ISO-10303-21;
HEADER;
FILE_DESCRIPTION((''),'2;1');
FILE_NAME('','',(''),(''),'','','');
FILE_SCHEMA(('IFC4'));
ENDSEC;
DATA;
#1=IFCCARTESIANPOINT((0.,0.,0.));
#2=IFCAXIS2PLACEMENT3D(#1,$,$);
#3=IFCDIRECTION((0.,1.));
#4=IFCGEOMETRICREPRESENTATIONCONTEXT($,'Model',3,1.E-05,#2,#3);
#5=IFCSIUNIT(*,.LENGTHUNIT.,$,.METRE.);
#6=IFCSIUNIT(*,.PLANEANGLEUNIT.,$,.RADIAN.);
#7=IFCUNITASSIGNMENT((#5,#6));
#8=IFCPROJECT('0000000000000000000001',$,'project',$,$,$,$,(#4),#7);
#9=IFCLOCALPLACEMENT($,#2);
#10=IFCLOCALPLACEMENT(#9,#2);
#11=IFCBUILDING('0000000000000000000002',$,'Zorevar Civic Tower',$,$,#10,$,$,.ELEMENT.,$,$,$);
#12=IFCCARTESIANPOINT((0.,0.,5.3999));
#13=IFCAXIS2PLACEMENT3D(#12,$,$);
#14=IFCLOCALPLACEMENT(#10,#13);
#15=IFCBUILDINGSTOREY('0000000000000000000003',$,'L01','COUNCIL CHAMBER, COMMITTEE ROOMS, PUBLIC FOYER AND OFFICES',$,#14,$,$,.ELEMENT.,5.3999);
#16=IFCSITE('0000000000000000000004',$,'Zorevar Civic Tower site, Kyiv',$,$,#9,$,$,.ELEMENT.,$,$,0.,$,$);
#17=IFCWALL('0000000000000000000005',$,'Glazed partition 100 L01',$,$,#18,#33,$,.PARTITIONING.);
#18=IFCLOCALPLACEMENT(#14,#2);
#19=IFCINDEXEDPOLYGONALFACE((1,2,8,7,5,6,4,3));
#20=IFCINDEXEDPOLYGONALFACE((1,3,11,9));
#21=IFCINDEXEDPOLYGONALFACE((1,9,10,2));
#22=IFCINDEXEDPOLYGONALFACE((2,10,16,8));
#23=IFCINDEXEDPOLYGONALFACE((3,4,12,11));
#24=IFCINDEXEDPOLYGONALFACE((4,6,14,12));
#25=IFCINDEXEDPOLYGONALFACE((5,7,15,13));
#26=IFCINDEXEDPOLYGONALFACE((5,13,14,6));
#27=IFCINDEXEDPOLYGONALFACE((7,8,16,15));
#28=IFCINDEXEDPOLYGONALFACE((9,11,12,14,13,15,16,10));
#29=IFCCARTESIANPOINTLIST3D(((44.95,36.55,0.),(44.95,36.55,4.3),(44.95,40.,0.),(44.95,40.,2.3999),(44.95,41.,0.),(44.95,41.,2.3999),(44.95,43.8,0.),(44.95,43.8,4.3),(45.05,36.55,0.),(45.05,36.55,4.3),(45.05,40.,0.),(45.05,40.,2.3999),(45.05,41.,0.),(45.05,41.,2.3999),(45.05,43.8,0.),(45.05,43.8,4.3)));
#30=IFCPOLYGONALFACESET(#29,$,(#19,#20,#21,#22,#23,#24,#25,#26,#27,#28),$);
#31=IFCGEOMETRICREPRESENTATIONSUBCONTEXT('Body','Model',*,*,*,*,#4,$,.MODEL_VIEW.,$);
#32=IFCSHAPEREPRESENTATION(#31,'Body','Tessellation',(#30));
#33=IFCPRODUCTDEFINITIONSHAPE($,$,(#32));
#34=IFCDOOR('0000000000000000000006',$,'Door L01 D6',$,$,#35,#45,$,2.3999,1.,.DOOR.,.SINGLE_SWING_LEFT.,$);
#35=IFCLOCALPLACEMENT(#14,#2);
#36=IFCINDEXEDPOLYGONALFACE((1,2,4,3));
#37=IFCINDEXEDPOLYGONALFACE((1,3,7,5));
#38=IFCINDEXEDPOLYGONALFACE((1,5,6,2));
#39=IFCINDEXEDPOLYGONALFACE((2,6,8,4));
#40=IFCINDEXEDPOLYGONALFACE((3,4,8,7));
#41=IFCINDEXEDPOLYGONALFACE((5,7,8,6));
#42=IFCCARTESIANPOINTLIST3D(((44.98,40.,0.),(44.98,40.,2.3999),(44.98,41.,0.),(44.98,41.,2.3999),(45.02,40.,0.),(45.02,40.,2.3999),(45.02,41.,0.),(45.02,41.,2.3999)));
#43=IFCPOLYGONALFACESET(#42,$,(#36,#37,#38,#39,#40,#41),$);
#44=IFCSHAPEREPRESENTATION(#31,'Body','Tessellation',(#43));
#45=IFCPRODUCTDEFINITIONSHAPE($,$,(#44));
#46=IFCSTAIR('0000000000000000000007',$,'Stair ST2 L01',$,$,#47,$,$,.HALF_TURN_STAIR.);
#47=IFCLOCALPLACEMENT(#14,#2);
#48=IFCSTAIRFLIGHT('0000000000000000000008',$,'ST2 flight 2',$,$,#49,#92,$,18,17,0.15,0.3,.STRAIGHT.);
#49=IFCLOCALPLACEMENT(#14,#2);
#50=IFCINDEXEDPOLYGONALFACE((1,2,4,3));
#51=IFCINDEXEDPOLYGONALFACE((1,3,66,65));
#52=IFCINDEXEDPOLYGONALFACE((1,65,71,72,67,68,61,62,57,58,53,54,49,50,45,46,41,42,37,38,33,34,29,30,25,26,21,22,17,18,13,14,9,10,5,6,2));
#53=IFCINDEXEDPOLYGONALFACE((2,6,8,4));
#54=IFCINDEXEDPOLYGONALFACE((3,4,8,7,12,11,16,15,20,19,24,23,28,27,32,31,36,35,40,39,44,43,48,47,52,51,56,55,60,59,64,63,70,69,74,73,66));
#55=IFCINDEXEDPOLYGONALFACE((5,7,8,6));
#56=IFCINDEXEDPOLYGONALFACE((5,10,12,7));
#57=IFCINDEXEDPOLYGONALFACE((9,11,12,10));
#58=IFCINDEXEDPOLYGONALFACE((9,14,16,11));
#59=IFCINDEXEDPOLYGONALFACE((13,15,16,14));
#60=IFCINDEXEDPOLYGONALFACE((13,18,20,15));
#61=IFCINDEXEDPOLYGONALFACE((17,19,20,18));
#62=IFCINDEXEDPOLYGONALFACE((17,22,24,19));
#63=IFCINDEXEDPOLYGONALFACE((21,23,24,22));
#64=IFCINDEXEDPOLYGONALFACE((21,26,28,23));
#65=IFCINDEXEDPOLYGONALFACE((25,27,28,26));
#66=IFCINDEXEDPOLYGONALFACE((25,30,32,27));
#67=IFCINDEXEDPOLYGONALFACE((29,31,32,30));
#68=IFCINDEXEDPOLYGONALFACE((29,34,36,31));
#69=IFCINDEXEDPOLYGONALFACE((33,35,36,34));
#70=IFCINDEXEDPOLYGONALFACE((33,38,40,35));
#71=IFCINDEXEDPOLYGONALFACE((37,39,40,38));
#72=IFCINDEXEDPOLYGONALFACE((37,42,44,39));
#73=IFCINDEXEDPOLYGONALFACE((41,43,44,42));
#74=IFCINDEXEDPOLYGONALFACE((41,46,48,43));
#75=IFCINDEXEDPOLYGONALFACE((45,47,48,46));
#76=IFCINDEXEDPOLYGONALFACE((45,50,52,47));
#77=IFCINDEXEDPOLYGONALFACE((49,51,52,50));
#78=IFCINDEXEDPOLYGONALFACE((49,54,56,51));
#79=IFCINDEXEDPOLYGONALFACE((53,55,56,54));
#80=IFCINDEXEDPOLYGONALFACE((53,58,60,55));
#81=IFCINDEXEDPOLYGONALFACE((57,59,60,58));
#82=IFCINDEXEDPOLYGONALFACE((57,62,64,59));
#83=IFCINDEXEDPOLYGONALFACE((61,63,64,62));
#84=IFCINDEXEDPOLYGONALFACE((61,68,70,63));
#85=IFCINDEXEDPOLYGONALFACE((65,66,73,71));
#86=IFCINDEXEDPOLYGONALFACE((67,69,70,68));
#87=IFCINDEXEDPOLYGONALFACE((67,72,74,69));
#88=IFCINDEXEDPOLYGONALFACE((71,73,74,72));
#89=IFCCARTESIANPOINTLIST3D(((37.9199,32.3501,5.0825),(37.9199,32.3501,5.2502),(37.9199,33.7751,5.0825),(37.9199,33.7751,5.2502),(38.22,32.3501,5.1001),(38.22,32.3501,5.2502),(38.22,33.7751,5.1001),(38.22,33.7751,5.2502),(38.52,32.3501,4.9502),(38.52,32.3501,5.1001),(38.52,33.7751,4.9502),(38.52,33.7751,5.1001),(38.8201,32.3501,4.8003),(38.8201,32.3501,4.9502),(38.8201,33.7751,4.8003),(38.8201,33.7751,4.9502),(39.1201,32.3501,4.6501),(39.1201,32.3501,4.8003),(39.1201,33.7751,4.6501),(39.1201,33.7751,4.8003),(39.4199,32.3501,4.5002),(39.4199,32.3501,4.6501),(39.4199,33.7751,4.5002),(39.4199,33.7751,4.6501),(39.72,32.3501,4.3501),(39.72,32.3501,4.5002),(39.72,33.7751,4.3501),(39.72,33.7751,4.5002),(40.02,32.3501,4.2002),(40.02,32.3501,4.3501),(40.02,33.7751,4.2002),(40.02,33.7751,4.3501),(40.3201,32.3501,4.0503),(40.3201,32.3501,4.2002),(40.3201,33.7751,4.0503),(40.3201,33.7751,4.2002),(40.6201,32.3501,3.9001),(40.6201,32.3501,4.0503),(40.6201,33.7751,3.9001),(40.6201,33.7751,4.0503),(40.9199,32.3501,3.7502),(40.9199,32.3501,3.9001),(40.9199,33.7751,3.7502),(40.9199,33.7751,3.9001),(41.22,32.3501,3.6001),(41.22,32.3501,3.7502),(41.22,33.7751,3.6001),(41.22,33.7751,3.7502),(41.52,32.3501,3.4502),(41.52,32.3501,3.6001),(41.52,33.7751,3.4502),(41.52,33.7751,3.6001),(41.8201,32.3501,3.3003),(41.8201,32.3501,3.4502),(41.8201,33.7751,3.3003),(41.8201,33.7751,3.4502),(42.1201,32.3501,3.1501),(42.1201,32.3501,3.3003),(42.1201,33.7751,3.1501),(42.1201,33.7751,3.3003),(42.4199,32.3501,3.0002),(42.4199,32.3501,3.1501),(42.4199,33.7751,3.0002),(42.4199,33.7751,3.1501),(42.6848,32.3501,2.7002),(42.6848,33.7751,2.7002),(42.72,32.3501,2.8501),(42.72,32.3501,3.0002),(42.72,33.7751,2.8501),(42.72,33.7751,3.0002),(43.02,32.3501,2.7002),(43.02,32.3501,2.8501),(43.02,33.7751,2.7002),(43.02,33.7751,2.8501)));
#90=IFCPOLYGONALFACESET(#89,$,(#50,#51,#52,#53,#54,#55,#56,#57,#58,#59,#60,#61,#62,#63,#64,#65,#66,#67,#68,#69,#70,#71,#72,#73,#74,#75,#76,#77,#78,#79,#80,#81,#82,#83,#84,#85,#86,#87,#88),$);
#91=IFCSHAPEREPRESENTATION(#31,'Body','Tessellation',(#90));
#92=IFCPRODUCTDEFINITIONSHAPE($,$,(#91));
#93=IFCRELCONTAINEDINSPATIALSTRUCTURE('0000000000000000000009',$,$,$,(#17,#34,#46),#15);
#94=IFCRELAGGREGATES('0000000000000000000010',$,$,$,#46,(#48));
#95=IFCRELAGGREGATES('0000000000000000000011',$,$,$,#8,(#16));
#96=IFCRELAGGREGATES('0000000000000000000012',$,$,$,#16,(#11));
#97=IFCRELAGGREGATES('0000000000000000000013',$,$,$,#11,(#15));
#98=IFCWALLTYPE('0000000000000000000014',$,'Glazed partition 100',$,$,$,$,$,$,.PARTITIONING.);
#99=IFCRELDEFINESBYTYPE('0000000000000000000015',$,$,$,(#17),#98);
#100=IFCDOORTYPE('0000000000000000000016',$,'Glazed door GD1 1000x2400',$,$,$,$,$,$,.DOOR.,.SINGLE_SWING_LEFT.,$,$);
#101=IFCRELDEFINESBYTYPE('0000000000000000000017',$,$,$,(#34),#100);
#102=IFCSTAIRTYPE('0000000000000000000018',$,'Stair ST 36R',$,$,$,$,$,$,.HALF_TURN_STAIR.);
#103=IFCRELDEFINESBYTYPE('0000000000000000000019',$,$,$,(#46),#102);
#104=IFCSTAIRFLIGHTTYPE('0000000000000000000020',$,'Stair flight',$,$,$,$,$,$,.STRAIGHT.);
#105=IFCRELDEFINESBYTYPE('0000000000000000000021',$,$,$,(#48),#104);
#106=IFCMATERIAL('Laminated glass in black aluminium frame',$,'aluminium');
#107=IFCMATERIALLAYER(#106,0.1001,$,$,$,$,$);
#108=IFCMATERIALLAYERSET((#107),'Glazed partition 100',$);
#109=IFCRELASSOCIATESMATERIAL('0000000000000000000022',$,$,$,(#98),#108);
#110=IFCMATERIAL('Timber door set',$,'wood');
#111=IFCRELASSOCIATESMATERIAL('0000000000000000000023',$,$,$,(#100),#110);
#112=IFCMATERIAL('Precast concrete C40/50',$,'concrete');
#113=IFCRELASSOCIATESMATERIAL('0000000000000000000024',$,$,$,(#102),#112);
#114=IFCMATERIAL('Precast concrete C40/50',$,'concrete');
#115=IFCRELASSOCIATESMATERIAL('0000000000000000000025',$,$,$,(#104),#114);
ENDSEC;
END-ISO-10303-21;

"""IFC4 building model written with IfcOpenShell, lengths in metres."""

from ifc_helpers import new_model, si_unit, direction, frame, frame_2d, origin, place, context, subcontext, project, spatial, polyline, rectangle, outline, extrude, material, layer, layer_set, type_object, element, fill, aggregate, save


model = new_model("IFC4")

# Units and contexts
model_context = context("Model", 3, precision=1e-05, world=origin(), true_north=direction((0.0, 1.0)))
body_context = subcontext(model_context, "Body", "Model", "MODEL_VIEW")
ifc_project = project(units=[si_unit("LENGTHUNIT", "METRE"), si_unit("PLANEANGLEUNIT", "RADIAN")], contexts=[model_context])

# Site, building, storey
site_placement = place(None, origin())
site = spatial("IfcSite", under=ifc_project, at=site_placement, Name="Zorevar Civic Tower site, Kyiv", CompositionType="ELEMENT", RefElevation=0.0)
building_placement = place(site_placement, origin())
building = spatial("IfcBuilding", under=site, at=building_placement, Name="Zorevar Civic Tower", CompositionType="ELEMENT")
storey_placement = place(building_placement, frame((0.0, 0.0, 5.3999)))
storey = spatial("IfcBuildingStorey", under=building, at=storey_placement, Name="L01", Description="COUNCIL CHAMBER, COMMITTEE ROOMS, PUBLIC FOYER AND OFFICES", CompositionType="ELEMENT", Elevation=5.3999)

# Wall, opening, door
ifc_material_1 = material(Name="Laminated glass in black aluminium frame", Category="aluminium")
ifc_layer_1 = layer(ifc_material_1, 0.1001)
ifc_layer_set_1 = layer_set([ifc_layer_1], Name="Glazed partition 100")
wall_type_1 = type_object("IfcWallType", Name="Glazed partition 100", PredefinedType="PARTITIONING", material=ifc_layer_set_1)
wall_1_placement = place(storey_placement, frame((45.0, 36.55, 0.0), z_axis=(0.0, 0.0, 1.0), x_axis=(0.0, 1.0, 0.0)))
wall_1 = element("IfcWall", 1, at=wall_1_placement, inside=storey, type_object=wall_type_1, Name="Glazed partition 100 L01", PredefinedType="PARTITIONING", context=body_context, shape_type="SweptSolid", body=[
    extrude(rectangle(XDim=7.25, YDim=0.1001, at=frame_2d((3.625, 0.0))), origin(), (0.0, 0.0, 1.0), 4.3),
])
opening_1_placement = place(wall_1_placement, frame((3.45, 0.0, 0.0)))
opening_1 = element("IfcOpeningElement", 2, at=opening_1_placement, cuts=wall_1, PredefinedType="OPENING", context=body_context, shape_type="SweptSolid", body=[
    extrude(rectangle(XDim=1.0, YDim=2.3999, at=frame_2d((0.5, 1.2))), frame((0.0, 0.0601, 0.0), z_axis=(0.0, -1.0, 0.0), x_axis=(1.0, 0.0, 0.0)), (0.0, 0.0, 1.0), 0.1201),
])
ifc_material_2 = material(Name="Timber door set", Category="wood")
door_type_1 = type_object("IfcDoorType", Name="Glazed door GD1 1000x2400", OperationType="SINGLE_SWING_LEFT", PredefinedType="DOOR", material=ifc_material_2)
door_1_placement = place(opening_1_placement, origin())
door_1 = element("IfcDoor", 3, at=door_1_placement, inside=storey, type_object=door_type_1, Name="Door L01 D6", OperationType="SINGLE_SWING_LEFT", OverallHeight=2.3999, OverallWidth=1.0, PredefinedType="DOOR", context=body_context, shape_type="SweptSolid", body=[
    extrude(rectangle(XDim=1.0, YDim=2.3999, at=frame_2d((0.5, 1.2))), frame((0.0, 0.02, 0.0), z_axis=(0.0, -1.0, 0.0), x_axis=(1.0, 0.0, 0.0)), (0.0, 0.0, 1.0), 0.04),
])
fill(opening_1, door_1)

# Stair, stair flight
ifc_material_3 = material(Name="Precast concrete C40/50", Category="concrete")
stair_type = type_object("IfcStairType", Name="Stair ST 36R", PredefinedType="HALF_TURN_STAIR", material=ifc_material_3)
stair_placement = place(storey_placement, origin())
stair = element("IfcStair", 4, at=stair_placement, inside=storey, type_object=stair_type, Name="Stair ST2 L01", PredefinedType="HALF_TURN_STAIR")
ifc_material_4 = material(Name="Precast concrete C40/50", Category="concrete")
stair_flight_type = type_object("IfcStairFlightType", Name="Stair flight", PredefinedType="STRAIGHT", material=ifc_material_4)
stair_flight_placement = place(storey_placement, frame((43.02, 33.0625, 2.7002), z_axis=(0.0, 0.0, 1.0), x_axis=(-1.0, 0.0, 0.0)))
stair_flight = element("IfcStairFlight", 5, at=stair_flight_placement, type_object=stair_flight_type, Name="ST2 flight 2", NumberOfRisers=18, NumberOfTreads=17, PredefinedType="STRAIGHT", RiserHeight=0.15, TreadLength=0.3, context=body_context, shape_type="SweptSolid", body=[
    extrude(outline(polyline([(0.0, 0.0), (0.0, 0.1499), (0.3, 0.1499), (0.3, 0.3), (0.6001, 0.3), (0.6001, 0.45), (0.8999, 0.45), (0.8999, 0.6001), (1.2, 0.6001), (1.2, 0.75), (1.5, 0.75), (1.5, 0.8999), (1.8, 0.8999), (1.8, 1.05), (2.1001, 1.05), (2.1001, 1.2), (2.3999, 1.2), (2.3999, 1.3501), (2.7, 1.3501), (2.7, 1.5), (3.0, 1.5), (3.0, 1.6499), (3.3, 1.6499), (3.3, 1.8), (3.6001, 1.8), (3.6001, 1.95), (3.8999, 1.95), (3.8999, 2.1001), (4.2, 2.1001), (4.2, 2.25), (4.5, 2.25), (4.5, 2.3999), (4.8, 2.3999), (4.8, 2.55), (5.1001, 2.55), (5.1001, 2.7), (5.1001, 2.3823), (0.3352, 0.0), (0.0, 0.0)])), frame((0.0, 0.7124, 0.0), z_axis=(0.0, -1.0, 0.0), x_axis=(1.0, 0.0, 0.0)), (0.0, 0.0, 1.0), 1.425),
])
aggregate(stair, [stair_flight])

save(model, "model.ifc")
